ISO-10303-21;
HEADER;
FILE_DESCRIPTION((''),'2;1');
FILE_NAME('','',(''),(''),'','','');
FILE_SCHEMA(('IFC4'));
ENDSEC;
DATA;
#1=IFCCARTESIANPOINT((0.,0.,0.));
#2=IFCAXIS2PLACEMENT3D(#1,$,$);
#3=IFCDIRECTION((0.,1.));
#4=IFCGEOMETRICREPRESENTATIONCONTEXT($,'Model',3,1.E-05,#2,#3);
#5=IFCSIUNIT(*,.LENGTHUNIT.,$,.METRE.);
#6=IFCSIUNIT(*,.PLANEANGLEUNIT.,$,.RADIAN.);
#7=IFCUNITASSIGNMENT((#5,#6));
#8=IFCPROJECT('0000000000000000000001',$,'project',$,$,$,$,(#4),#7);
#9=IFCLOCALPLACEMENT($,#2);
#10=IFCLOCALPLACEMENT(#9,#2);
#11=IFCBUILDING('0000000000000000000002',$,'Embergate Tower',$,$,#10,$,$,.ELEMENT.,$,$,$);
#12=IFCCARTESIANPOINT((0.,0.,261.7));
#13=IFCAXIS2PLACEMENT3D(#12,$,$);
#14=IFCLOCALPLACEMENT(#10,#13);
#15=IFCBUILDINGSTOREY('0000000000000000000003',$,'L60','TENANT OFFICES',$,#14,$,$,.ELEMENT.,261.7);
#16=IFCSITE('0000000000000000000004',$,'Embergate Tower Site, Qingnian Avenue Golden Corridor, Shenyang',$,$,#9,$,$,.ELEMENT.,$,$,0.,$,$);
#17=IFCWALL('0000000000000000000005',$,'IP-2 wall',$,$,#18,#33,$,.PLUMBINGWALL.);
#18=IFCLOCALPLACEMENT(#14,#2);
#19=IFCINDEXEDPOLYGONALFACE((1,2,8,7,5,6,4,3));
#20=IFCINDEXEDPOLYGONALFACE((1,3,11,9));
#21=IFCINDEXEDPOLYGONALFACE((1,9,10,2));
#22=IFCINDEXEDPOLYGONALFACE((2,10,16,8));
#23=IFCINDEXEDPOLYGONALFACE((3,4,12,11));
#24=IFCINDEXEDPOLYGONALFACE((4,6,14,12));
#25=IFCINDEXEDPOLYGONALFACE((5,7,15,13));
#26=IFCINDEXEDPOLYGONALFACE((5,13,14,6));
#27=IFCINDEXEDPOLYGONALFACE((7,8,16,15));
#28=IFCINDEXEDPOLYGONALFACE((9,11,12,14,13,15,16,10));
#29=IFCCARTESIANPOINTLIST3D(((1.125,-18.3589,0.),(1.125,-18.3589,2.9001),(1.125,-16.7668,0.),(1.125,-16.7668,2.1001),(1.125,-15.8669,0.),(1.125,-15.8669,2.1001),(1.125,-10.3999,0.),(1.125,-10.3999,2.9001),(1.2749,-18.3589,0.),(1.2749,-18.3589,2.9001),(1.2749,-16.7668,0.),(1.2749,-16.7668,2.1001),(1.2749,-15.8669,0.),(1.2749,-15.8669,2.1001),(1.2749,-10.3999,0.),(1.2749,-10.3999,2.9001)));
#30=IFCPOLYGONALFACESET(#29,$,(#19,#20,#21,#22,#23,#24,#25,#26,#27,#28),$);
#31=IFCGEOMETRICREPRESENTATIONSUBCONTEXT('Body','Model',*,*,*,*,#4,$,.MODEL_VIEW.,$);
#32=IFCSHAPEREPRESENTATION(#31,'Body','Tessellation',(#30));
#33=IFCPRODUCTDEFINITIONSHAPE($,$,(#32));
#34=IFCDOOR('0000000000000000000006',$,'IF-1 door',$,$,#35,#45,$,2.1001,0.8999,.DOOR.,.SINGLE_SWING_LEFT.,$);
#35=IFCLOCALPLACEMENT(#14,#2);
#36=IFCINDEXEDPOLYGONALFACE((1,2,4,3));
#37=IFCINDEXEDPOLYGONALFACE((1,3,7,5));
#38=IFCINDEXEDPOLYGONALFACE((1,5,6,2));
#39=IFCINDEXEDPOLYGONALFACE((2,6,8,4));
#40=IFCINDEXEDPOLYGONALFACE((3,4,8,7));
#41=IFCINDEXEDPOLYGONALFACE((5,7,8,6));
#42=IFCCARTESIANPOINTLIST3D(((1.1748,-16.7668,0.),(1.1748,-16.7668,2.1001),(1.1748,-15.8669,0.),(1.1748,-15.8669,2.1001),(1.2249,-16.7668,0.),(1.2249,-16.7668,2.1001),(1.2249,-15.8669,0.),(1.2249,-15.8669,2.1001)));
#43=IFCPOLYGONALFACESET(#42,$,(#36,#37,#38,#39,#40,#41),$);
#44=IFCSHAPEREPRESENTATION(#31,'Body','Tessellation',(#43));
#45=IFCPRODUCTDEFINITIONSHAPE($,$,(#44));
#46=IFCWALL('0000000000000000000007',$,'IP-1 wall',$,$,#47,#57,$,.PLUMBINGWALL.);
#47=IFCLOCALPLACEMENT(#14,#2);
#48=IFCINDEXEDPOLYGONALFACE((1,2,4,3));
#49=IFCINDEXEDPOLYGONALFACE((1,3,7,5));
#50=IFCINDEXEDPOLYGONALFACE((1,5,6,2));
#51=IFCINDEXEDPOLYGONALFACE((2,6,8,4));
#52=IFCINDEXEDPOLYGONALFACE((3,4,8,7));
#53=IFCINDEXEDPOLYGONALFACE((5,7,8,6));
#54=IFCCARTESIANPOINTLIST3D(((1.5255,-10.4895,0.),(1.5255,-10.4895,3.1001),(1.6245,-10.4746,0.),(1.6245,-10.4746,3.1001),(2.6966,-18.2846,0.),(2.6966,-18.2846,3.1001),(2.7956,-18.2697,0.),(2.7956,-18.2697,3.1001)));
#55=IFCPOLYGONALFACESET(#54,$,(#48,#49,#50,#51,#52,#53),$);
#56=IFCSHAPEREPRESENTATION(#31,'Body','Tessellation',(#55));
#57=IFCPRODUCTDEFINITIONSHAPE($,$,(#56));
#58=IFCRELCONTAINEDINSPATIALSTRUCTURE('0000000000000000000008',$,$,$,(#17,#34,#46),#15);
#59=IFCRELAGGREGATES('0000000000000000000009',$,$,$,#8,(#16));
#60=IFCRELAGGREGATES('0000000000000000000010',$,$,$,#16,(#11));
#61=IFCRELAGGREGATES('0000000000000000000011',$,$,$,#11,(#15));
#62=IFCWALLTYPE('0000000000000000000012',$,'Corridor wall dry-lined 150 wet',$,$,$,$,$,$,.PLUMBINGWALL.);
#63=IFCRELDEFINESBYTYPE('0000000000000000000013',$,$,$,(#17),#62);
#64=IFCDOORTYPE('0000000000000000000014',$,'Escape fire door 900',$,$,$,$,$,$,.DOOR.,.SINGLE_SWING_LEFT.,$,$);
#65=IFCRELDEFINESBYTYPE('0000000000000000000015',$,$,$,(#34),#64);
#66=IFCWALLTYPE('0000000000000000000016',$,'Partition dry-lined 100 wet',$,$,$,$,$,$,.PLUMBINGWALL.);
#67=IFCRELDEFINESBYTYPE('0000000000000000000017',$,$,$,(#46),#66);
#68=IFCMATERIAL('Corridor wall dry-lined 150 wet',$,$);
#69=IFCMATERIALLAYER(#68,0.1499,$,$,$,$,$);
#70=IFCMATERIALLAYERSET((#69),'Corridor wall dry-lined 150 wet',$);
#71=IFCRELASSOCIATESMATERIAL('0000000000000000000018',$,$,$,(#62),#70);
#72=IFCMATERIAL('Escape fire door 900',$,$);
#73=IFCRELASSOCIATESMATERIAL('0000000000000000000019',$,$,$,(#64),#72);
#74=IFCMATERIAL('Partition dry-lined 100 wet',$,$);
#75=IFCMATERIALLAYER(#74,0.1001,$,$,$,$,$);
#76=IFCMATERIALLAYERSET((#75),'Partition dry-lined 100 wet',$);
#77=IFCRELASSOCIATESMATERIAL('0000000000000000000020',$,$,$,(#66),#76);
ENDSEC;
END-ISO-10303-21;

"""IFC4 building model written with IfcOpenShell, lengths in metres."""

from ifc_helpers import new_model, si_unit, direction, frame, frame_2d, origin, place, context, subcontext, project, spatial, rectangle, extrude, source, transform, mapped, material, layer, layer_set, type_object, element, fill, save


model = new_model("IFC4")

# Units and contexts
model_context = context("Model", 3, precision=1e-05, world=origin(), true_north=direction((0.0, 1.0)))
body_context = subcontext(model_context, "Body", "Model", "MODEL_VIEW")
ifc_project = project(units=[si_unit("LENGTHUNIT", "METRE"), si_unit("PLANEANGLEUNIT", "RADIAN")], contexts=[model_context])

# Site, building, storey
site_placement = place(None, origin())
site = spatial("IfcSite", under=ifc_project, at=site_placement, Name="Embergate Tower Site, Qingnian Avenue Golden Corridor, Shenyang", CompositionType="ELEMENT", RefElevation=0.0)
building_placement = place(site_placement, origin())
building = spatial("IfcBuilding", under=site, at=building_placement, Name="Embergate Tower", CompositionType="ELEMENT")
storey_placement = place(building_placement, frame((0.0, 0.0, 261.7)))
storey = spatial("IfcBuildingStorey", under=building, at=storey_placement, Name="L60", Description="TENANT OFFICES", CompositionType="ELEMENT", Elevation=261.7)

# Shared definitions
shared_shape_1 = source(origin(), body_context, "Body", "SweptSolid", [
    extrude(rectangle(XDim=0.8999, YDim=2.1001, at=frame_2d((0.45, 1.05))), frame((0.0, 0.0249, 0.0), z_axis=(0.0, -1.0, 0.0), x_axis=(1.0, 0.0, 0.0)), (0.0, 0.0, 1.0), 0.05),
])

# Wall, opening, door
ifc_material_1 = material(Name="Corridor wall dry-lined 150 wet")
ifc_layer_1 = layer(ifc_material_1, 0.1499)
ifc_layer_set_1 = layer_set([ifc_layer_1], Name="Corridor wall dry-lined 150 wet")
wall_type_1 = type_object("IfcWallType", Name="Corridor wall dry-lined 150 wet", PredefinedType="PLUMBINGWALL", material=ifc_layer_set_1)
shared_shape_2 = source(origin(), body_context, "Body", "SweptSolid", [
    extrude(rectangle(XDim=7.959, YDim=0.1499, at=frame_2d((3.9795, 0.0))), origin(), (0.0, 0.0, 1.0), 2.9001),
])
wall_1_placement = place(storey_placement, frame((1.2, -10.3999, 0.0), z_axis=(0.0, 0.0, 1.0), x_axis=(0.0, -1.0, 0.0)))
wall_1 = element("IfcWall", 1, at=wall_1_placement, inside=storey, type_object=wall_type_1, Name="IP-2 wall", PredefinedType="PLUMBINGWALL", context=body_context, shape_type="MappedRepresentation", body=[
    mapped(shared_shape_2, transform((0.0, 0.0, 0.0))),
])
shared_shape_3 = source(origin(), body_context, "Body", "SweptSolid", [
    extrude(rectangle(XDim=0.8999, YDim=2.1001, at=frame_2d((0.45, 1.05))), frame((0.0, 0.085, 0.0), z_axis=(0.0, -1.0, 0.0), x_axis=(1.0, 0.0, 0.0)), (0.0, 0.0, 1.0), 0.1699),
])
opening_1_placement = place(wall_1_placement, frame((5.467, 0.0, 0.0)))
opening_1 = element("IfcOpeningElement", 2, at=opening_1_placement, cuts=wall_1, PredefinedType="OPENING", context=body_context, shape_type="MappedRepresentation", body=[
    mapped(shared_shape_3, transform((0.0, 0.0, 0.0))),
])
ifc_material_2 = material(Name="Escape fire door 900")
door_type_1 = type_object("IfcDoorType", Name="Escape fire door 900", OperationType="SINGLE_SWING_LEFT", PredefinedType="DOOR", material=ifc_material_2)
door_1_placement = place(opening_1_placement, origin())
door_1 = element("IfcDoor", 3, at=door_1_placement, inside=storey, type_object=door_type_1, Name="IF-1 door", OperationType="SINGLE_SWING_LEFT", OverallHeight=2.1001, OverallWidth=0.8999, PredefinedType="DOOR", context=body_context, shape_type="MappedRepresentation", body=[
    mapped(shared_shape_1, transform((0.0, 0.0, 0.0))),
])
fill(opening_1, door_1)

# Wall
ifc_material_3 = material(Name="Partition dry-lined 100 wet")
ifc_layer_2 = layer(ifc_material_3, 0.1001)
ifc_layer_set_2 = layer_set([ifc_layer_2], Name="Partition dry-lined 100 wet")
wall_type_2 = type_object("IfcWallType", Name="Partition dry-lined 100 wet", PredefinedType="PLUMBINGWALL", material=ifc_layer_set_2)
shared_shape_4 = source(origin(), body_context, "Body", "SweptSolid", [
    extrude(rectangle(XDim=7.8826, YDim=0.1001, at=frame_2d((3.9414, 0.0))), origin(), (0.0, 0.0, 1.0), 3.1001),
])
wall_2_placement = place(storey_placement, frame((1.575, -10.4819, 0.0), z_axis=(0.0, 0.0, 1.0), x_axis=(0.148572, -0.988902, 0.0)))
element("IfcWall", 4, at=wall_2_placement, inside=storey, type_object=wall_type_2, Name="IP-1 wall", PredefinedType="PLUMBINGWALL", context=body_context, shape_type="MappedRepresentation", body=[
    mapped(shared_shape_4, transform((0.0, 0.0, 0.0))),
])

save(model, "model.ifc")
